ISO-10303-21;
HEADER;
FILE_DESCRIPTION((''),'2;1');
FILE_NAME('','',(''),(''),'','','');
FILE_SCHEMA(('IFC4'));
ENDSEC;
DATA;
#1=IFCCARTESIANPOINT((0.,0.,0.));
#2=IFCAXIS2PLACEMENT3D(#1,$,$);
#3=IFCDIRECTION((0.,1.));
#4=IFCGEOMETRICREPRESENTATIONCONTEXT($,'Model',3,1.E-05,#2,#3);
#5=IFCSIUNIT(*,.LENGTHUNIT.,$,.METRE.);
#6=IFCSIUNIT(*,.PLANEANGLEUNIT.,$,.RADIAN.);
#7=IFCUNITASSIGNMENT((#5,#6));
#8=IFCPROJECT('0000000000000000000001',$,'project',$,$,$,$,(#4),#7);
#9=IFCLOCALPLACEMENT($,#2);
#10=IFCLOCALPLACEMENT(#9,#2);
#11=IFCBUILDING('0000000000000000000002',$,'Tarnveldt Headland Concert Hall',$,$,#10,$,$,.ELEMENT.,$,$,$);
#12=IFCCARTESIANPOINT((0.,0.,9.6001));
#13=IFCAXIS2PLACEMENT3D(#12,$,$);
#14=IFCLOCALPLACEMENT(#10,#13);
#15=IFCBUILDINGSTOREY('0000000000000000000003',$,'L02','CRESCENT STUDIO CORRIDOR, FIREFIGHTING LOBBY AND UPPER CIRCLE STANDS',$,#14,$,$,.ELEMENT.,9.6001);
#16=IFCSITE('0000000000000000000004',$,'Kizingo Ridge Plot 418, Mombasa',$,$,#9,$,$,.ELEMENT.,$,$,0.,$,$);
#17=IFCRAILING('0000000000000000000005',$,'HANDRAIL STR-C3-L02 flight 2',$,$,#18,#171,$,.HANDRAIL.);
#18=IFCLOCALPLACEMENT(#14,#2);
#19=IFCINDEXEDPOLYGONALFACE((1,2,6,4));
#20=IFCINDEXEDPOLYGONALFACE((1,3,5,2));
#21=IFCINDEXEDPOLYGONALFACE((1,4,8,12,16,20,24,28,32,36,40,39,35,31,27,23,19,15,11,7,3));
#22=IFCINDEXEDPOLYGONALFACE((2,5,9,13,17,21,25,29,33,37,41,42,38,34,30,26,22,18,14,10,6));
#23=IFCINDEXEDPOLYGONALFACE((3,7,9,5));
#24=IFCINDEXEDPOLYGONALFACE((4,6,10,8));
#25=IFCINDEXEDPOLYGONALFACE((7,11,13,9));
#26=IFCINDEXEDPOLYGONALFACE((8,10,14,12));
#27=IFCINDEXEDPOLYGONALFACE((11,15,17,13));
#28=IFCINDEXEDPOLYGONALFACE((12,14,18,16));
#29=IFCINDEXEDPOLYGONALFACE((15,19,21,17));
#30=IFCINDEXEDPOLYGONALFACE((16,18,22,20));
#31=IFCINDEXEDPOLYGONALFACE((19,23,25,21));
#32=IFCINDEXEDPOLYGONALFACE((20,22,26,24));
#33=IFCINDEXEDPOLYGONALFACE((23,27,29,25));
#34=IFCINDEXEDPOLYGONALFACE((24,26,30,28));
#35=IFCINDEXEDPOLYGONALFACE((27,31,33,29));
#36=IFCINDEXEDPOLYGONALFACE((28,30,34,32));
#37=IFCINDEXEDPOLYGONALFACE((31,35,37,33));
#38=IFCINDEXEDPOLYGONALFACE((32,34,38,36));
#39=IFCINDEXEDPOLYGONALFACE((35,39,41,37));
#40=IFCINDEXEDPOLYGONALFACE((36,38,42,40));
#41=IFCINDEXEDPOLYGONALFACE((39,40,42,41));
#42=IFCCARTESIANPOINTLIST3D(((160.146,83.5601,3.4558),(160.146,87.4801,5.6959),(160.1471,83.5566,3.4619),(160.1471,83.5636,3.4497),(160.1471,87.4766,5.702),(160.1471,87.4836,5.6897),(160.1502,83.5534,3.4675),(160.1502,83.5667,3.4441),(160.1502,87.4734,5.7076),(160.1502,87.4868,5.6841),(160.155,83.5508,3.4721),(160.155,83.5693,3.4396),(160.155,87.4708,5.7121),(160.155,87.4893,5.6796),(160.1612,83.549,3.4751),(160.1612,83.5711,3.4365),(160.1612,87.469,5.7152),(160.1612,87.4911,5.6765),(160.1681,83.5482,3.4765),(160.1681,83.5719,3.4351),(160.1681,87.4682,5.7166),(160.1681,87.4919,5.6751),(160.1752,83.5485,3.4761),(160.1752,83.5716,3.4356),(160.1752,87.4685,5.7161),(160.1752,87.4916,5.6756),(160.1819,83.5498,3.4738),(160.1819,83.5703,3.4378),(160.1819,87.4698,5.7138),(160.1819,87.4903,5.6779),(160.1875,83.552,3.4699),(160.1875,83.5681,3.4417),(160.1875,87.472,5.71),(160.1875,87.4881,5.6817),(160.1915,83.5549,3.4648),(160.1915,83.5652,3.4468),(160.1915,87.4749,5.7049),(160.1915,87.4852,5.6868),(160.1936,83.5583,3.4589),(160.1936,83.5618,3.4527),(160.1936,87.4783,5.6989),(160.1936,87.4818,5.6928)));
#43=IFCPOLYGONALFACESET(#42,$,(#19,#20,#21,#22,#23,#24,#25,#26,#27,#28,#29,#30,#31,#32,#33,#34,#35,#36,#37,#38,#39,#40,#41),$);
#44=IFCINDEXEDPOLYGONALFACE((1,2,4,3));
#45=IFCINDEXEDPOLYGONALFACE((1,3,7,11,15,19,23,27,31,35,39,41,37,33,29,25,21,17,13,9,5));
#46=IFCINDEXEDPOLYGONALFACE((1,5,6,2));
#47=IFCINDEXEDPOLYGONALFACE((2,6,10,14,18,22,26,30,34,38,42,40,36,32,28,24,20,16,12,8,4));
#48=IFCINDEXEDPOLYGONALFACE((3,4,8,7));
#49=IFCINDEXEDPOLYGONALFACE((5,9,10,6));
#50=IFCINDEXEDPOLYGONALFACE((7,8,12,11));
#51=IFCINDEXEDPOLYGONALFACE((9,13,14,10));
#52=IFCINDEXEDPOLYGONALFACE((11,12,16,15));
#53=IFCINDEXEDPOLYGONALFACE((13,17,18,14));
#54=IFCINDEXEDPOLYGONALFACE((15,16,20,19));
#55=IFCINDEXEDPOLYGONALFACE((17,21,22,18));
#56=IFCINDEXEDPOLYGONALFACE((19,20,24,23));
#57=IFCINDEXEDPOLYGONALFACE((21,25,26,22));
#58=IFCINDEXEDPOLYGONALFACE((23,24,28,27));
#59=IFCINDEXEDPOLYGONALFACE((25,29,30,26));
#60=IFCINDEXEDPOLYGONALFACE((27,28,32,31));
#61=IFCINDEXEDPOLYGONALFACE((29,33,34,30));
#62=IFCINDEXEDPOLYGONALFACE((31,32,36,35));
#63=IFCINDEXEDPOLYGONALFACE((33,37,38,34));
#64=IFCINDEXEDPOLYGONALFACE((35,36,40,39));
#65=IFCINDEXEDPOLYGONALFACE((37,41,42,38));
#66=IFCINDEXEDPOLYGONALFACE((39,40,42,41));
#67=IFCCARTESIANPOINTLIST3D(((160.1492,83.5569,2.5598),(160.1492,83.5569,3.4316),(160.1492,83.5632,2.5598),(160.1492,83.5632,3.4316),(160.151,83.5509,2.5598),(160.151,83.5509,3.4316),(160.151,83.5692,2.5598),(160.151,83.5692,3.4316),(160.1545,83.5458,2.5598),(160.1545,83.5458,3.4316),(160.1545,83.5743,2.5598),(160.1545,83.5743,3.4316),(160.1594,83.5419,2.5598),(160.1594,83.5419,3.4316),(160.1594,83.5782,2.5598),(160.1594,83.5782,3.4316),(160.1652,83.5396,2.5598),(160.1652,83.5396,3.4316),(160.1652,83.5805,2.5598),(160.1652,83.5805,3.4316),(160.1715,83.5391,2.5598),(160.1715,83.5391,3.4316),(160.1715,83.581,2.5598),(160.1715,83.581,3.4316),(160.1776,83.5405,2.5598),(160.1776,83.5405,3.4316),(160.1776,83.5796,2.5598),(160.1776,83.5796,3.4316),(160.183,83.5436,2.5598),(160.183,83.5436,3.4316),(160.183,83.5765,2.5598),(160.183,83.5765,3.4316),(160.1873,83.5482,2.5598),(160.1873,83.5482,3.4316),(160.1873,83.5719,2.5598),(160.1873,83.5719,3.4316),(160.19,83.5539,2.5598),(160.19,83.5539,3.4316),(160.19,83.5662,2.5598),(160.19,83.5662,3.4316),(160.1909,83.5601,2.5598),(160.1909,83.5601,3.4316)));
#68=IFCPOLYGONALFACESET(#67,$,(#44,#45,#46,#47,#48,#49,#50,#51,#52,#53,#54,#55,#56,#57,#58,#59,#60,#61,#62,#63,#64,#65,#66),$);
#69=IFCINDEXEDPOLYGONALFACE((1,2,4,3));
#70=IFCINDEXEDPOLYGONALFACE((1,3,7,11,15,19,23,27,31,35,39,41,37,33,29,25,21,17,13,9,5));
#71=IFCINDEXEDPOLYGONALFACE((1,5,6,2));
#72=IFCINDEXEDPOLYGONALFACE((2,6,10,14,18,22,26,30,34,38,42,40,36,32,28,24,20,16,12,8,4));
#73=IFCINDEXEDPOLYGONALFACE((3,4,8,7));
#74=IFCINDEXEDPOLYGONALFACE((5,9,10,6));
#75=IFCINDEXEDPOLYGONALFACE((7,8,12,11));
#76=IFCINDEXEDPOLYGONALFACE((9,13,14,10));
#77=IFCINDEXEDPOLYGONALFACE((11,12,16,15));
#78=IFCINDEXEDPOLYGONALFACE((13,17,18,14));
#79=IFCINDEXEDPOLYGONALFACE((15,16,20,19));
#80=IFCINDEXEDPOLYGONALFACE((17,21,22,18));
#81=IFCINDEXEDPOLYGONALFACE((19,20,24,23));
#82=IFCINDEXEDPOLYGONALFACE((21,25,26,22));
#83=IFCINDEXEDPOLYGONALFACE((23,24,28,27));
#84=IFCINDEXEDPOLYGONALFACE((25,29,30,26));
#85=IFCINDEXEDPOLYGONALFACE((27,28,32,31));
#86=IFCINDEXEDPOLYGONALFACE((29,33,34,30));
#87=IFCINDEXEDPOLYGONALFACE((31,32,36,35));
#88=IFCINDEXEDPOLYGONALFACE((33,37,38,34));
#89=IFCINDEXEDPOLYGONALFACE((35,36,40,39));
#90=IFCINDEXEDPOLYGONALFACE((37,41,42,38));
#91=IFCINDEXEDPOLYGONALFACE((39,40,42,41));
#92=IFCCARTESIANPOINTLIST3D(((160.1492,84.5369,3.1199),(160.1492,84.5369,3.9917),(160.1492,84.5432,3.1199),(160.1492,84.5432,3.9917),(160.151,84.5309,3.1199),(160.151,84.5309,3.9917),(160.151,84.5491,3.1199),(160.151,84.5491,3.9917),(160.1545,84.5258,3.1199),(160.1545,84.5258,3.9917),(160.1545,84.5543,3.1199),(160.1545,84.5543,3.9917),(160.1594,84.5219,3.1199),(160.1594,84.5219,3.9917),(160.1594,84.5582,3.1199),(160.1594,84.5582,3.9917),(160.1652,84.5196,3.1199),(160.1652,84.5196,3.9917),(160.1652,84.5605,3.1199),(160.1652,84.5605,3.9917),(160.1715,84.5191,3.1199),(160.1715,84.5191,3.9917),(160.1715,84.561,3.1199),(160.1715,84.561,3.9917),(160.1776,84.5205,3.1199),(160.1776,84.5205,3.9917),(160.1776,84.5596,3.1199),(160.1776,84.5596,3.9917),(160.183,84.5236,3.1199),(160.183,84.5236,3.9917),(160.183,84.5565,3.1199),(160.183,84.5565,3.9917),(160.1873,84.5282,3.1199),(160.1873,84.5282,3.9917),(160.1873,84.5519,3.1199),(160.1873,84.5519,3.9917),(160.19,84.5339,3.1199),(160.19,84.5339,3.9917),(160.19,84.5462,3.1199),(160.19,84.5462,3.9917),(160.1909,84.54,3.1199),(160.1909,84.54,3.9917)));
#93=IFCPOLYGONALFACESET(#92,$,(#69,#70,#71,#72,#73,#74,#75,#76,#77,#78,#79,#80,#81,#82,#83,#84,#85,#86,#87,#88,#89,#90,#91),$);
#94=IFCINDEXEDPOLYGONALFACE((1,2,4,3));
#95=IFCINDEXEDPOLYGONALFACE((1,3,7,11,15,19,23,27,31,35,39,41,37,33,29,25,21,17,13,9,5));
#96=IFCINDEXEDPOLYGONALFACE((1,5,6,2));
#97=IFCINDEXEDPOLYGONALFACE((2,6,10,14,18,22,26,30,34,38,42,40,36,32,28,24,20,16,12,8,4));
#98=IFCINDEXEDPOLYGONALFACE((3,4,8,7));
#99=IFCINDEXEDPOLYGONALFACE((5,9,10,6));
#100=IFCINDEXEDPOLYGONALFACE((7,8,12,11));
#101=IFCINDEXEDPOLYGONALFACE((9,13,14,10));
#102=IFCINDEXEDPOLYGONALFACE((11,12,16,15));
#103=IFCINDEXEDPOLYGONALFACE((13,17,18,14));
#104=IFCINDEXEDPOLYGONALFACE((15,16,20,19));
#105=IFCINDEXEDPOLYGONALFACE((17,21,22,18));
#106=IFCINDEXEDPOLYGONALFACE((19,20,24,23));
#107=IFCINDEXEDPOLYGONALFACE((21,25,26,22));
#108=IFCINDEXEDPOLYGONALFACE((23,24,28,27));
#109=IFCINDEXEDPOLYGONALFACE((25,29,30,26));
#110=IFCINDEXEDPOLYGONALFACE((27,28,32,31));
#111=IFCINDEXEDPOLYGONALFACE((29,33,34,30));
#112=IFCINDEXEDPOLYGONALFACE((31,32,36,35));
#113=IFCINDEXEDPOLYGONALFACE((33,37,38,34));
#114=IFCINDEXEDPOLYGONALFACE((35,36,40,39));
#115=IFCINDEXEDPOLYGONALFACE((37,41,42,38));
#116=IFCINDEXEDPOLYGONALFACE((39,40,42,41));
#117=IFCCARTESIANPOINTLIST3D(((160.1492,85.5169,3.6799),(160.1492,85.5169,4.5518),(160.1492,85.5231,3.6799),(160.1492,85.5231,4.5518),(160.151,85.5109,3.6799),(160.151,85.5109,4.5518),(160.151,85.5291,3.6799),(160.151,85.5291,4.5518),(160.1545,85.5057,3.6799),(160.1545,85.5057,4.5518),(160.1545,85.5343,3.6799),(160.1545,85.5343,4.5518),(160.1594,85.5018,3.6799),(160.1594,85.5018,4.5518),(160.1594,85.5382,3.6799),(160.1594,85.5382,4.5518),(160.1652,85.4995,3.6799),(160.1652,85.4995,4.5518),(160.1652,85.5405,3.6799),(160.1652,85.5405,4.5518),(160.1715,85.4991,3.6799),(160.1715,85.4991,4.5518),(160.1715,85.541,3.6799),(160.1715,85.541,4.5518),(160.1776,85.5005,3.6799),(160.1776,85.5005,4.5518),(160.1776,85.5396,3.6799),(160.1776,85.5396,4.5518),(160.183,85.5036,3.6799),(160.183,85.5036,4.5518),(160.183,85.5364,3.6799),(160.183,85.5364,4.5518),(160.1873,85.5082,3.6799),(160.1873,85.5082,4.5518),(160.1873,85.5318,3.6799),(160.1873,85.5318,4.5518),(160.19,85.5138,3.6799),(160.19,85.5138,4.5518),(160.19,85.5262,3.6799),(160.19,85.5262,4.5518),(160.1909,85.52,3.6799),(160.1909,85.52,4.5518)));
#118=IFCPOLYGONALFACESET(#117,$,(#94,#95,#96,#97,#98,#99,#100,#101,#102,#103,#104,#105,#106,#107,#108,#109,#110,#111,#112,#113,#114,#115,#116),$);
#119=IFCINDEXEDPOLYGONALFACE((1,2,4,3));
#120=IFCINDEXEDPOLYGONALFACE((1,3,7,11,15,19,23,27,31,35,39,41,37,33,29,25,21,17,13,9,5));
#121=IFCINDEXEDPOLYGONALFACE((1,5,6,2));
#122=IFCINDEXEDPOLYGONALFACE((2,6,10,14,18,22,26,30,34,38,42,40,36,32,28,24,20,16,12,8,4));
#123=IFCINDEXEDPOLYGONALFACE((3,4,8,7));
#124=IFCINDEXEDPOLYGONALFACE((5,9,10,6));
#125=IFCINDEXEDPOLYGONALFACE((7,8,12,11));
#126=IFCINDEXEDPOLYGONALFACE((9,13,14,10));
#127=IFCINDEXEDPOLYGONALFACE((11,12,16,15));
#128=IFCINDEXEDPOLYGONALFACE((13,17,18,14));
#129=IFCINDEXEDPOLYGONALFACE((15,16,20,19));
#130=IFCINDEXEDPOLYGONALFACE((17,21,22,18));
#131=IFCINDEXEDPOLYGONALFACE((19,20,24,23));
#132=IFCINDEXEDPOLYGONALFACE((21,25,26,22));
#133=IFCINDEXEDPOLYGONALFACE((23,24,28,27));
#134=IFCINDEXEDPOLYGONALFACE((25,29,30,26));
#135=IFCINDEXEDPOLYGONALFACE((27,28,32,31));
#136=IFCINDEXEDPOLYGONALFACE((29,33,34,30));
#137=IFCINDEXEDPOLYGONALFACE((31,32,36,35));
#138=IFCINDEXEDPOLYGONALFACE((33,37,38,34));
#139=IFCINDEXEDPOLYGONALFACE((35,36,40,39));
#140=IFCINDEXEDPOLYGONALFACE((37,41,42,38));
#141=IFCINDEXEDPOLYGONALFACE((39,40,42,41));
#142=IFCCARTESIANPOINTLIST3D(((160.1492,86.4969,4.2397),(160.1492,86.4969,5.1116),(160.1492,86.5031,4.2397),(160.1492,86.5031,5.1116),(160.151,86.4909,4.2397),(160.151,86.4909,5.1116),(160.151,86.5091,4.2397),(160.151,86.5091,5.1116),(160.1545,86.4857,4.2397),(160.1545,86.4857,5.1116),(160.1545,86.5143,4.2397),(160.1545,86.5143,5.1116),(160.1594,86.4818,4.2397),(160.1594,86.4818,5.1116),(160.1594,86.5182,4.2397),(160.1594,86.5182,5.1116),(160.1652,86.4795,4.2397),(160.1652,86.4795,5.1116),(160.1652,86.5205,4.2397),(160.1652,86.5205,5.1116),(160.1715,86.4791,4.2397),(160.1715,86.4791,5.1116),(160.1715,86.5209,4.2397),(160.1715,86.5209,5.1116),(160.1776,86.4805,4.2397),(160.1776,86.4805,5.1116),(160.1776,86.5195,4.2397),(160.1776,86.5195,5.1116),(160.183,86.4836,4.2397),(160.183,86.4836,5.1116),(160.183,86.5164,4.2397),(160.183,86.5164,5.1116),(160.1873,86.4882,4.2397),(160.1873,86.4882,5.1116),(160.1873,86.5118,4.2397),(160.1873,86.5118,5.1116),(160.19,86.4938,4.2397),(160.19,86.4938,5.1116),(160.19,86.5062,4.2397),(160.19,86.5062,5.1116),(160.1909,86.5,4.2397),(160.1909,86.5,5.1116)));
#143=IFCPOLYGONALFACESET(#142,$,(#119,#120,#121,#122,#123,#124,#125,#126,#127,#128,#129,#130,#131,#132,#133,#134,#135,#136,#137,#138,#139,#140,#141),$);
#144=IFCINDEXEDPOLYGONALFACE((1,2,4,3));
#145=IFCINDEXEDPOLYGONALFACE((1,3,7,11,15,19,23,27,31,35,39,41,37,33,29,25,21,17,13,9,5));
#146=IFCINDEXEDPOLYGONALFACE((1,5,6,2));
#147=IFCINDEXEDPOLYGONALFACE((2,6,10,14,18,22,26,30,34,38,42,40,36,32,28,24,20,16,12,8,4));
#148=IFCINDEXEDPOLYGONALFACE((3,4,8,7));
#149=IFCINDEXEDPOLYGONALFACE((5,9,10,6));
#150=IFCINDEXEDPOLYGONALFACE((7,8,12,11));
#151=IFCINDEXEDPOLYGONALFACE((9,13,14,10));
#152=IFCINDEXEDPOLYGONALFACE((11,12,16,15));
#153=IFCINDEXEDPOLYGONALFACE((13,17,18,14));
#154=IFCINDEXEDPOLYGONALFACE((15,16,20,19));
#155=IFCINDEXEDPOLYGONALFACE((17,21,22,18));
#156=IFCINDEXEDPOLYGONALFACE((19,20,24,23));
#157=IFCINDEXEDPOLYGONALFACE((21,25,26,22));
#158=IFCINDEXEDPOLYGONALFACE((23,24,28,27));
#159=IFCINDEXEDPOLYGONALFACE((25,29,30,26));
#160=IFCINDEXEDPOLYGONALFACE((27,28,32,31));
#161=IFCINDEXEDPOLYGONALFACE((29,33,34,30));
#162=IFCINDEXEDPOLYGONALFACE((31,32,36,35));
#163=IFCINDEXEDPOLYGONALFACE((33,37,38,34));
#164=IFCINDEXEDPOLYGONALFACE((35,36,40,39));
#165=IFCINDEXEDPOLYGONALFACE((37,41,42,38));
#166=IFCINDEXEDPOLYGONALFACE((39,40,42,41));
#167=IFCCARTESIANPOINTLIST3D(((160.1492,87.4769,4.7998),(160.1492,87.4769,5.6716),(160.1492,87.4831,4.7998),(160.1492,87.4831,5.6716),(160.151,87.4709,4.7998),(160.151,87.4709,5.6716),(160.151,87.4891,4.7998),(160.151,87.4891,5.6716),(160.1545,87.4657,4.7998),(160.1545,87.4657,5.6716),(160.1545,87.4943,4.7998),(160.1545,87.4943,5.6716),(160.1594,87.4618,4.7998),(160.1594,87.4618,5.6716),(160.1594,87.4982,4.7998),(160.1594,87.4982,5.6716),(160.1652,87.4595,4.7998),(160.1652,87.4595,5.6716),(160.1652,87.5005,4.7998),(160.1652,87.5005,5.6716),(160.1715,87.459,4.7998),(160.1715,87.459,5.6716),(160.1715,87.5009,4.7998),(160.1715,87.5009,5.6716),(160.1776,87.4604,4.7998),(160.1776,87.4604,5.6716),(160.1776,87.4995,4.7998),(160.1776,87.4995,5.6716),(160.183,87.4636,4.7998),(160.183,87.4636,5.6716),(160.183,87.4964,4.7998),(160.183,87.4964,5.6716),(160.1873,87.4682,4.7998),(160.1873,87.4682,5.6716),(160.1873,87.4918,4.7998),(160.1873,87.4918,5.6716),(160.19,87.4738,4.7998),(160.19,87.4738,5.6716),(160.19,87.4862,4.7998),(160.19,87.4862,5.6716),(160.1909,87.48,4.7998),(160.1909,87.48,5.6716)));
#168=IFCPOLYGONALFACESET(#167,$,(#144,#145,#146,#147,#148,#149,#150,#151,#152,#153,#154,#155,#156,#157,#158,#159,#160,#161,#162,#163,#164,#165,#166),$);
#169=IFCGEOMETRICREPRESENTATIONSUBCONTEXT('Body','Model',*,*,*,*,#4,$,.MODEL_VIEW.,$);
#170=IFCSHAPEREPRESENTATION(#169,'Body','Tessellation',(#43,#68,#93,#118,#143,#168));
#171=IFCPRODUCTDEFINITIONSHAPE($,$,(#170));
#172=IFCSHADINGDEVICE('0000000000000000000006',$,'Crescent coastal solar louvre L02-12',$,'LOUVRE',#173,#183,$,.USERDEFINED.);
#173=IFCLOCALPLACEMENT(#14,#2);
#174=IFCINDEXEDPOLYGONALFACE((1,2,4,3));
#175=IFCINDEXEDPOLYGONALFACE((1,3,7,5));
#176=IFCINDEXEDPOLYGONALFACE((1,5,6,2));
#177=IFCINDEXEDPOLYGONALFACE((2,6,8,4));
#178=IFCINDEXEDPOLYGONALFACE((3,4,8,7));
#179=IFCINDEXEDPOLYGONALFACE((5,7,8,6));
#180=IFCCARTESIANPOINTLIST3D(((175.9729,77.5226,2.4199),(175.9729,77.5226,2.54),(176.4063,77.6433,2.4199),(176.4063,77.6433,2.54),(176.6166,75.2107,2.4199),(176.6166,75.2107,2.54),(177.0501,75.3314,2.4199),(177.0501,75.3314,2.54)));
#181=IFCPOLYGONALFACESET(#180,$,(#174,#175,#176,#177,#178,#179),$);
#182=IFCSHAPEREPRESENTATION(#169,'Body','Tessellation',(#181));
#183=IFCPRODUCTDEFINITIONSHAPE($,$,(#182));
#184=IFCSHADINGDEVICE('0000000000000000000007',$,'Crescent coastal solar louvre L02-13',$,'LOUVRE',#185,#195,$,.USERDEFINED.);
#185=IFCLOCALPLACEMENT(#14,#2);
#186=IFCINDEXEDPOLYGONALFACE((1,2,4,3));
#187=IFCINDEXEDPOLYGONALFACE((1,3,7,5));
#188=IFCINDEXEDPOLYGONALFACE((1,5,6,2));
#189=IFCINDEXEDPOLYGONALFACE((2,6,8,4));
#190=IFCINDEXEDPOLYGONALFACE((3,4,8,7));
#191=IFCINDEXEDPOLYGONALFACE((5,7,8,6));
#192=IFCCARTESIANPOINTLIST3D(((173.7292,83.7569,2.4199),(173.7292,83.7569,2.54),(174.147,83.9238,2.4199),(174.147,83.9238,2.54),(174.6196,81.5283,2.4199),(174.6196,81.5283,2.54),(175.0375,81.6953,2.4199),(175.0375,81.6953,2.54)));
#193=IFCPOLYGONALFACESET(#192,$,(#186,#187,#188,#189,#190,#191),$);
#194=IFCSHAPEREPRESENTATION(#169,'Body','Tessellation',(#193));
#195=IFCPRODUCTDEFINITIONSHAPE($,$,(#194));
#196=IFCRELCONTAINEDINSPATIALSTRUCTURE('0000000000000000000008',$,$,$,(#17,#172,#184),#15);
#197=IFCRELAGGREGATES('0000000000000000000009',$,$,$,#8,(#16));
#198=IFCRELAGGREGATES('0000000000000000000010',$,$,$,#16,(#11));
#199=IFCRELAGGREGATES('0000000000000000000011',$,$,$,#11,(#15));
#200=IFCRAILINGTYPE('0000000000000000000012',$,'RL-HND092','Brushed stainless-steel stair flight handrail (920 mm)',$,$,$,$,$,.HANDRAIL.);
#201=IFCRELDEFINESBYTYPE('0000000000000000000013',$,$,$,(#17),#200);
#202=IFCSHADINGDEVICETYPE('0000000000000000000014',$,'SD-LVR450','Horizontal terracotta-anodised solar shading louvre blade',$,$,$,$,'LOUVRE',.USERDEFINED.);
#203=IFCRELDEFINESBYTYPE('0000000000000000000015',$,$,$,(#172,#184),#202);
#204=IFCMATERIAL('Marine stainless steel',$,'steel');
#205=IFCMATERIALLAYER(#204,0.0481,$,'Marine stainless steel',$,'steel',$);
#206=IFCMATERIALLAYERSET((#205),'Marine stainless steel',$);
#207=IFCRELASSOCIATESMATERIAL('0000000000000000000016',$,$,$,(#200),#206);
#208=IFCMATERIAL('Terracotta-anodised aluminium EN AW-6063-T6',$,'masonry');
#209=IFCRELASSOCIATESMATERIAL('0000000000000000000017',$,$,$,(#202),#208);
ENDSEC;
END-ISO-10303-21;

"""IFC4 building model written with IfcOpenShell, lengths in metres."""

from ifc_helpers import new_model, si_unit, direction, frame, origin, origin_2d, place, context, subcontext, project, spatial, rectangle, circle, extrude, material, layer, layer_set, type_object, element, save


model = new_model("IFC4")

# Units and contexts
model_context = context("Model", 3, precision=1e-05, world=origin(), true_north=direction((0.0, 1.0)))
body_context = subcontext(model_context, "Body", "Model", "MODEL_VIEW")
ifc_project = project(units=[si_unit("LENGTHUNIT", "METRE"), si_unit("PLANEANGLEUNIT", "RADIAN")], contexts=[model_context])

# Site, building, storey
site_placement = place(None, origin())
site = spatial("IfcSite", under=ifc_project, at=site_placement, Name="Kizingo Ridge Plot 418, Mombasa", CompositionType="ELEMENT", RefElevation=0.0)
building_placement = place(site_placement, origin())
building = spatial("IfcBuilding", under=site, at=building_placement, Name="Tarnveldt Headland Concert Hall", CompositionType="ELEMENT")
storey_placement = place(building_placement, frame((0.0, 0.0, 9.6001)))
storey = spatial("IfcBuildingStorey", under=building, at=storey_placement, Name="L02", Description="CRESCENT STUDIO CORRIDOR, FIREFIGHTING LOBBY AND UPPER CIRCLE STANDS", CompositionType="ELEMENT", Elevation=9.6001)

# Railing
ifc_material_1 = material(Name="Marine stainless steel", Category="steel")
ifc_layer_1 = layer(ifc_material_1, 0.0481, Name="Marine stainless steel", Category="steel")
ifc_layer_set_1 = layer_set([ifc_layer_1], Name="Marine stainless steel")
railing_type_1 = type_object("IfcRailingType", Name="RL-HND092", Description="Brushed stainless-steel stair flight handrail (920 mm)", PredefinedType="HANDRAIL", material=ifc_layer_set_1)
railing_1_placement = place(storey_placement, frame((160.1699, 83.5601, 2.5598)))
element("IfcRailing", 1, at=railing_1_placement, inside=storey, type_object=railing_type_1, Name="HANDRAIL STR-C3-L02 flight 2", PredefinedType="HANDRAIL", context=body_context, shape_type="SweptSolid", body=[
    extrude(circle(Radius=0.0239, at=origin_2d()), frame((0.0, 0.0, 0.896), z_axis=(0.0, 0.86824, 0.496145), x_axis=(-1.0, 0.0, 0.0)), (0.0, 0.0, 1.0), 4.5149),
    extrude(circle(Radius=0.021, at=origin_2d()), origin(), (0.0, 0.0, 1.0), 0.8718),
    extrude(circle(Radius=0.021, at=origin_2d()), frame((0.0, 0.98, 0.5601)), (0.0, 0.0, 1.0), 0.8718),
    extrude(circle(Radius=0.021, at=origin_2d()), frame((0.0, 1.96, 1.1201)), (0.0, 0.0, 1.0), 0.8718),
    extrude(circle(Radius=0.021, at=origin_2d()), frame((0.0, 2.9399, 1.6799)), (0.0, 0.0, 1.0), 0.8718),
    extrude(circle(Radius=0.021, at=origin_2d()), frame((0.0, 3.9199, 2.24)), (0.0, 0.0, 1.0), 0.8718),
])

# Shading devices
ifc_material_2 = material(Name="Terracotta-anodised aluminium EN AW-6063-T6", Category="masonry")
shading_device_type = type_object("IfcShadingDeviceType", Name="SD-LVR450", Description="Horizontal terracotta-anodised solar shading louvre blade", ElementType="LOUVRE", PredefinedType="USERDEFINED", material=ifc_material_2)
for number, where, z_axis, x_axis, name in (
    (2, (176.5115, 76.427, 2.4199), (0.0, 0.0, 1.0), (0.96335, 0.268247, 0.0), "Crescent coastal solar louvre L02-12"),
    (3, (174.3833, 82.7261, 2.4199), (0.0, 0.0, 1.0), (0.928615, 0.371044, 0.0), "Crescent coastal solar louvre L02-13"),
):
    element("IfcShadingDevice", number, at=place(storey_placement, frame(where, z_axis=z_axis, x_axis=x_axis)), inside=storey, type_object=shading_device_type, Name=name, ObjectType="LOUVRE", PredefinedType="USERDEFINED", context=body_context, shape_type="SweptSolid", body=[
        extrude(rectangle(XDim=0.45, YDim=2.3999, at=origin_2d()), origin(), (0.0, 0.0, 1.0), 0.1201),
    ])

save(model, "model.ifc")
